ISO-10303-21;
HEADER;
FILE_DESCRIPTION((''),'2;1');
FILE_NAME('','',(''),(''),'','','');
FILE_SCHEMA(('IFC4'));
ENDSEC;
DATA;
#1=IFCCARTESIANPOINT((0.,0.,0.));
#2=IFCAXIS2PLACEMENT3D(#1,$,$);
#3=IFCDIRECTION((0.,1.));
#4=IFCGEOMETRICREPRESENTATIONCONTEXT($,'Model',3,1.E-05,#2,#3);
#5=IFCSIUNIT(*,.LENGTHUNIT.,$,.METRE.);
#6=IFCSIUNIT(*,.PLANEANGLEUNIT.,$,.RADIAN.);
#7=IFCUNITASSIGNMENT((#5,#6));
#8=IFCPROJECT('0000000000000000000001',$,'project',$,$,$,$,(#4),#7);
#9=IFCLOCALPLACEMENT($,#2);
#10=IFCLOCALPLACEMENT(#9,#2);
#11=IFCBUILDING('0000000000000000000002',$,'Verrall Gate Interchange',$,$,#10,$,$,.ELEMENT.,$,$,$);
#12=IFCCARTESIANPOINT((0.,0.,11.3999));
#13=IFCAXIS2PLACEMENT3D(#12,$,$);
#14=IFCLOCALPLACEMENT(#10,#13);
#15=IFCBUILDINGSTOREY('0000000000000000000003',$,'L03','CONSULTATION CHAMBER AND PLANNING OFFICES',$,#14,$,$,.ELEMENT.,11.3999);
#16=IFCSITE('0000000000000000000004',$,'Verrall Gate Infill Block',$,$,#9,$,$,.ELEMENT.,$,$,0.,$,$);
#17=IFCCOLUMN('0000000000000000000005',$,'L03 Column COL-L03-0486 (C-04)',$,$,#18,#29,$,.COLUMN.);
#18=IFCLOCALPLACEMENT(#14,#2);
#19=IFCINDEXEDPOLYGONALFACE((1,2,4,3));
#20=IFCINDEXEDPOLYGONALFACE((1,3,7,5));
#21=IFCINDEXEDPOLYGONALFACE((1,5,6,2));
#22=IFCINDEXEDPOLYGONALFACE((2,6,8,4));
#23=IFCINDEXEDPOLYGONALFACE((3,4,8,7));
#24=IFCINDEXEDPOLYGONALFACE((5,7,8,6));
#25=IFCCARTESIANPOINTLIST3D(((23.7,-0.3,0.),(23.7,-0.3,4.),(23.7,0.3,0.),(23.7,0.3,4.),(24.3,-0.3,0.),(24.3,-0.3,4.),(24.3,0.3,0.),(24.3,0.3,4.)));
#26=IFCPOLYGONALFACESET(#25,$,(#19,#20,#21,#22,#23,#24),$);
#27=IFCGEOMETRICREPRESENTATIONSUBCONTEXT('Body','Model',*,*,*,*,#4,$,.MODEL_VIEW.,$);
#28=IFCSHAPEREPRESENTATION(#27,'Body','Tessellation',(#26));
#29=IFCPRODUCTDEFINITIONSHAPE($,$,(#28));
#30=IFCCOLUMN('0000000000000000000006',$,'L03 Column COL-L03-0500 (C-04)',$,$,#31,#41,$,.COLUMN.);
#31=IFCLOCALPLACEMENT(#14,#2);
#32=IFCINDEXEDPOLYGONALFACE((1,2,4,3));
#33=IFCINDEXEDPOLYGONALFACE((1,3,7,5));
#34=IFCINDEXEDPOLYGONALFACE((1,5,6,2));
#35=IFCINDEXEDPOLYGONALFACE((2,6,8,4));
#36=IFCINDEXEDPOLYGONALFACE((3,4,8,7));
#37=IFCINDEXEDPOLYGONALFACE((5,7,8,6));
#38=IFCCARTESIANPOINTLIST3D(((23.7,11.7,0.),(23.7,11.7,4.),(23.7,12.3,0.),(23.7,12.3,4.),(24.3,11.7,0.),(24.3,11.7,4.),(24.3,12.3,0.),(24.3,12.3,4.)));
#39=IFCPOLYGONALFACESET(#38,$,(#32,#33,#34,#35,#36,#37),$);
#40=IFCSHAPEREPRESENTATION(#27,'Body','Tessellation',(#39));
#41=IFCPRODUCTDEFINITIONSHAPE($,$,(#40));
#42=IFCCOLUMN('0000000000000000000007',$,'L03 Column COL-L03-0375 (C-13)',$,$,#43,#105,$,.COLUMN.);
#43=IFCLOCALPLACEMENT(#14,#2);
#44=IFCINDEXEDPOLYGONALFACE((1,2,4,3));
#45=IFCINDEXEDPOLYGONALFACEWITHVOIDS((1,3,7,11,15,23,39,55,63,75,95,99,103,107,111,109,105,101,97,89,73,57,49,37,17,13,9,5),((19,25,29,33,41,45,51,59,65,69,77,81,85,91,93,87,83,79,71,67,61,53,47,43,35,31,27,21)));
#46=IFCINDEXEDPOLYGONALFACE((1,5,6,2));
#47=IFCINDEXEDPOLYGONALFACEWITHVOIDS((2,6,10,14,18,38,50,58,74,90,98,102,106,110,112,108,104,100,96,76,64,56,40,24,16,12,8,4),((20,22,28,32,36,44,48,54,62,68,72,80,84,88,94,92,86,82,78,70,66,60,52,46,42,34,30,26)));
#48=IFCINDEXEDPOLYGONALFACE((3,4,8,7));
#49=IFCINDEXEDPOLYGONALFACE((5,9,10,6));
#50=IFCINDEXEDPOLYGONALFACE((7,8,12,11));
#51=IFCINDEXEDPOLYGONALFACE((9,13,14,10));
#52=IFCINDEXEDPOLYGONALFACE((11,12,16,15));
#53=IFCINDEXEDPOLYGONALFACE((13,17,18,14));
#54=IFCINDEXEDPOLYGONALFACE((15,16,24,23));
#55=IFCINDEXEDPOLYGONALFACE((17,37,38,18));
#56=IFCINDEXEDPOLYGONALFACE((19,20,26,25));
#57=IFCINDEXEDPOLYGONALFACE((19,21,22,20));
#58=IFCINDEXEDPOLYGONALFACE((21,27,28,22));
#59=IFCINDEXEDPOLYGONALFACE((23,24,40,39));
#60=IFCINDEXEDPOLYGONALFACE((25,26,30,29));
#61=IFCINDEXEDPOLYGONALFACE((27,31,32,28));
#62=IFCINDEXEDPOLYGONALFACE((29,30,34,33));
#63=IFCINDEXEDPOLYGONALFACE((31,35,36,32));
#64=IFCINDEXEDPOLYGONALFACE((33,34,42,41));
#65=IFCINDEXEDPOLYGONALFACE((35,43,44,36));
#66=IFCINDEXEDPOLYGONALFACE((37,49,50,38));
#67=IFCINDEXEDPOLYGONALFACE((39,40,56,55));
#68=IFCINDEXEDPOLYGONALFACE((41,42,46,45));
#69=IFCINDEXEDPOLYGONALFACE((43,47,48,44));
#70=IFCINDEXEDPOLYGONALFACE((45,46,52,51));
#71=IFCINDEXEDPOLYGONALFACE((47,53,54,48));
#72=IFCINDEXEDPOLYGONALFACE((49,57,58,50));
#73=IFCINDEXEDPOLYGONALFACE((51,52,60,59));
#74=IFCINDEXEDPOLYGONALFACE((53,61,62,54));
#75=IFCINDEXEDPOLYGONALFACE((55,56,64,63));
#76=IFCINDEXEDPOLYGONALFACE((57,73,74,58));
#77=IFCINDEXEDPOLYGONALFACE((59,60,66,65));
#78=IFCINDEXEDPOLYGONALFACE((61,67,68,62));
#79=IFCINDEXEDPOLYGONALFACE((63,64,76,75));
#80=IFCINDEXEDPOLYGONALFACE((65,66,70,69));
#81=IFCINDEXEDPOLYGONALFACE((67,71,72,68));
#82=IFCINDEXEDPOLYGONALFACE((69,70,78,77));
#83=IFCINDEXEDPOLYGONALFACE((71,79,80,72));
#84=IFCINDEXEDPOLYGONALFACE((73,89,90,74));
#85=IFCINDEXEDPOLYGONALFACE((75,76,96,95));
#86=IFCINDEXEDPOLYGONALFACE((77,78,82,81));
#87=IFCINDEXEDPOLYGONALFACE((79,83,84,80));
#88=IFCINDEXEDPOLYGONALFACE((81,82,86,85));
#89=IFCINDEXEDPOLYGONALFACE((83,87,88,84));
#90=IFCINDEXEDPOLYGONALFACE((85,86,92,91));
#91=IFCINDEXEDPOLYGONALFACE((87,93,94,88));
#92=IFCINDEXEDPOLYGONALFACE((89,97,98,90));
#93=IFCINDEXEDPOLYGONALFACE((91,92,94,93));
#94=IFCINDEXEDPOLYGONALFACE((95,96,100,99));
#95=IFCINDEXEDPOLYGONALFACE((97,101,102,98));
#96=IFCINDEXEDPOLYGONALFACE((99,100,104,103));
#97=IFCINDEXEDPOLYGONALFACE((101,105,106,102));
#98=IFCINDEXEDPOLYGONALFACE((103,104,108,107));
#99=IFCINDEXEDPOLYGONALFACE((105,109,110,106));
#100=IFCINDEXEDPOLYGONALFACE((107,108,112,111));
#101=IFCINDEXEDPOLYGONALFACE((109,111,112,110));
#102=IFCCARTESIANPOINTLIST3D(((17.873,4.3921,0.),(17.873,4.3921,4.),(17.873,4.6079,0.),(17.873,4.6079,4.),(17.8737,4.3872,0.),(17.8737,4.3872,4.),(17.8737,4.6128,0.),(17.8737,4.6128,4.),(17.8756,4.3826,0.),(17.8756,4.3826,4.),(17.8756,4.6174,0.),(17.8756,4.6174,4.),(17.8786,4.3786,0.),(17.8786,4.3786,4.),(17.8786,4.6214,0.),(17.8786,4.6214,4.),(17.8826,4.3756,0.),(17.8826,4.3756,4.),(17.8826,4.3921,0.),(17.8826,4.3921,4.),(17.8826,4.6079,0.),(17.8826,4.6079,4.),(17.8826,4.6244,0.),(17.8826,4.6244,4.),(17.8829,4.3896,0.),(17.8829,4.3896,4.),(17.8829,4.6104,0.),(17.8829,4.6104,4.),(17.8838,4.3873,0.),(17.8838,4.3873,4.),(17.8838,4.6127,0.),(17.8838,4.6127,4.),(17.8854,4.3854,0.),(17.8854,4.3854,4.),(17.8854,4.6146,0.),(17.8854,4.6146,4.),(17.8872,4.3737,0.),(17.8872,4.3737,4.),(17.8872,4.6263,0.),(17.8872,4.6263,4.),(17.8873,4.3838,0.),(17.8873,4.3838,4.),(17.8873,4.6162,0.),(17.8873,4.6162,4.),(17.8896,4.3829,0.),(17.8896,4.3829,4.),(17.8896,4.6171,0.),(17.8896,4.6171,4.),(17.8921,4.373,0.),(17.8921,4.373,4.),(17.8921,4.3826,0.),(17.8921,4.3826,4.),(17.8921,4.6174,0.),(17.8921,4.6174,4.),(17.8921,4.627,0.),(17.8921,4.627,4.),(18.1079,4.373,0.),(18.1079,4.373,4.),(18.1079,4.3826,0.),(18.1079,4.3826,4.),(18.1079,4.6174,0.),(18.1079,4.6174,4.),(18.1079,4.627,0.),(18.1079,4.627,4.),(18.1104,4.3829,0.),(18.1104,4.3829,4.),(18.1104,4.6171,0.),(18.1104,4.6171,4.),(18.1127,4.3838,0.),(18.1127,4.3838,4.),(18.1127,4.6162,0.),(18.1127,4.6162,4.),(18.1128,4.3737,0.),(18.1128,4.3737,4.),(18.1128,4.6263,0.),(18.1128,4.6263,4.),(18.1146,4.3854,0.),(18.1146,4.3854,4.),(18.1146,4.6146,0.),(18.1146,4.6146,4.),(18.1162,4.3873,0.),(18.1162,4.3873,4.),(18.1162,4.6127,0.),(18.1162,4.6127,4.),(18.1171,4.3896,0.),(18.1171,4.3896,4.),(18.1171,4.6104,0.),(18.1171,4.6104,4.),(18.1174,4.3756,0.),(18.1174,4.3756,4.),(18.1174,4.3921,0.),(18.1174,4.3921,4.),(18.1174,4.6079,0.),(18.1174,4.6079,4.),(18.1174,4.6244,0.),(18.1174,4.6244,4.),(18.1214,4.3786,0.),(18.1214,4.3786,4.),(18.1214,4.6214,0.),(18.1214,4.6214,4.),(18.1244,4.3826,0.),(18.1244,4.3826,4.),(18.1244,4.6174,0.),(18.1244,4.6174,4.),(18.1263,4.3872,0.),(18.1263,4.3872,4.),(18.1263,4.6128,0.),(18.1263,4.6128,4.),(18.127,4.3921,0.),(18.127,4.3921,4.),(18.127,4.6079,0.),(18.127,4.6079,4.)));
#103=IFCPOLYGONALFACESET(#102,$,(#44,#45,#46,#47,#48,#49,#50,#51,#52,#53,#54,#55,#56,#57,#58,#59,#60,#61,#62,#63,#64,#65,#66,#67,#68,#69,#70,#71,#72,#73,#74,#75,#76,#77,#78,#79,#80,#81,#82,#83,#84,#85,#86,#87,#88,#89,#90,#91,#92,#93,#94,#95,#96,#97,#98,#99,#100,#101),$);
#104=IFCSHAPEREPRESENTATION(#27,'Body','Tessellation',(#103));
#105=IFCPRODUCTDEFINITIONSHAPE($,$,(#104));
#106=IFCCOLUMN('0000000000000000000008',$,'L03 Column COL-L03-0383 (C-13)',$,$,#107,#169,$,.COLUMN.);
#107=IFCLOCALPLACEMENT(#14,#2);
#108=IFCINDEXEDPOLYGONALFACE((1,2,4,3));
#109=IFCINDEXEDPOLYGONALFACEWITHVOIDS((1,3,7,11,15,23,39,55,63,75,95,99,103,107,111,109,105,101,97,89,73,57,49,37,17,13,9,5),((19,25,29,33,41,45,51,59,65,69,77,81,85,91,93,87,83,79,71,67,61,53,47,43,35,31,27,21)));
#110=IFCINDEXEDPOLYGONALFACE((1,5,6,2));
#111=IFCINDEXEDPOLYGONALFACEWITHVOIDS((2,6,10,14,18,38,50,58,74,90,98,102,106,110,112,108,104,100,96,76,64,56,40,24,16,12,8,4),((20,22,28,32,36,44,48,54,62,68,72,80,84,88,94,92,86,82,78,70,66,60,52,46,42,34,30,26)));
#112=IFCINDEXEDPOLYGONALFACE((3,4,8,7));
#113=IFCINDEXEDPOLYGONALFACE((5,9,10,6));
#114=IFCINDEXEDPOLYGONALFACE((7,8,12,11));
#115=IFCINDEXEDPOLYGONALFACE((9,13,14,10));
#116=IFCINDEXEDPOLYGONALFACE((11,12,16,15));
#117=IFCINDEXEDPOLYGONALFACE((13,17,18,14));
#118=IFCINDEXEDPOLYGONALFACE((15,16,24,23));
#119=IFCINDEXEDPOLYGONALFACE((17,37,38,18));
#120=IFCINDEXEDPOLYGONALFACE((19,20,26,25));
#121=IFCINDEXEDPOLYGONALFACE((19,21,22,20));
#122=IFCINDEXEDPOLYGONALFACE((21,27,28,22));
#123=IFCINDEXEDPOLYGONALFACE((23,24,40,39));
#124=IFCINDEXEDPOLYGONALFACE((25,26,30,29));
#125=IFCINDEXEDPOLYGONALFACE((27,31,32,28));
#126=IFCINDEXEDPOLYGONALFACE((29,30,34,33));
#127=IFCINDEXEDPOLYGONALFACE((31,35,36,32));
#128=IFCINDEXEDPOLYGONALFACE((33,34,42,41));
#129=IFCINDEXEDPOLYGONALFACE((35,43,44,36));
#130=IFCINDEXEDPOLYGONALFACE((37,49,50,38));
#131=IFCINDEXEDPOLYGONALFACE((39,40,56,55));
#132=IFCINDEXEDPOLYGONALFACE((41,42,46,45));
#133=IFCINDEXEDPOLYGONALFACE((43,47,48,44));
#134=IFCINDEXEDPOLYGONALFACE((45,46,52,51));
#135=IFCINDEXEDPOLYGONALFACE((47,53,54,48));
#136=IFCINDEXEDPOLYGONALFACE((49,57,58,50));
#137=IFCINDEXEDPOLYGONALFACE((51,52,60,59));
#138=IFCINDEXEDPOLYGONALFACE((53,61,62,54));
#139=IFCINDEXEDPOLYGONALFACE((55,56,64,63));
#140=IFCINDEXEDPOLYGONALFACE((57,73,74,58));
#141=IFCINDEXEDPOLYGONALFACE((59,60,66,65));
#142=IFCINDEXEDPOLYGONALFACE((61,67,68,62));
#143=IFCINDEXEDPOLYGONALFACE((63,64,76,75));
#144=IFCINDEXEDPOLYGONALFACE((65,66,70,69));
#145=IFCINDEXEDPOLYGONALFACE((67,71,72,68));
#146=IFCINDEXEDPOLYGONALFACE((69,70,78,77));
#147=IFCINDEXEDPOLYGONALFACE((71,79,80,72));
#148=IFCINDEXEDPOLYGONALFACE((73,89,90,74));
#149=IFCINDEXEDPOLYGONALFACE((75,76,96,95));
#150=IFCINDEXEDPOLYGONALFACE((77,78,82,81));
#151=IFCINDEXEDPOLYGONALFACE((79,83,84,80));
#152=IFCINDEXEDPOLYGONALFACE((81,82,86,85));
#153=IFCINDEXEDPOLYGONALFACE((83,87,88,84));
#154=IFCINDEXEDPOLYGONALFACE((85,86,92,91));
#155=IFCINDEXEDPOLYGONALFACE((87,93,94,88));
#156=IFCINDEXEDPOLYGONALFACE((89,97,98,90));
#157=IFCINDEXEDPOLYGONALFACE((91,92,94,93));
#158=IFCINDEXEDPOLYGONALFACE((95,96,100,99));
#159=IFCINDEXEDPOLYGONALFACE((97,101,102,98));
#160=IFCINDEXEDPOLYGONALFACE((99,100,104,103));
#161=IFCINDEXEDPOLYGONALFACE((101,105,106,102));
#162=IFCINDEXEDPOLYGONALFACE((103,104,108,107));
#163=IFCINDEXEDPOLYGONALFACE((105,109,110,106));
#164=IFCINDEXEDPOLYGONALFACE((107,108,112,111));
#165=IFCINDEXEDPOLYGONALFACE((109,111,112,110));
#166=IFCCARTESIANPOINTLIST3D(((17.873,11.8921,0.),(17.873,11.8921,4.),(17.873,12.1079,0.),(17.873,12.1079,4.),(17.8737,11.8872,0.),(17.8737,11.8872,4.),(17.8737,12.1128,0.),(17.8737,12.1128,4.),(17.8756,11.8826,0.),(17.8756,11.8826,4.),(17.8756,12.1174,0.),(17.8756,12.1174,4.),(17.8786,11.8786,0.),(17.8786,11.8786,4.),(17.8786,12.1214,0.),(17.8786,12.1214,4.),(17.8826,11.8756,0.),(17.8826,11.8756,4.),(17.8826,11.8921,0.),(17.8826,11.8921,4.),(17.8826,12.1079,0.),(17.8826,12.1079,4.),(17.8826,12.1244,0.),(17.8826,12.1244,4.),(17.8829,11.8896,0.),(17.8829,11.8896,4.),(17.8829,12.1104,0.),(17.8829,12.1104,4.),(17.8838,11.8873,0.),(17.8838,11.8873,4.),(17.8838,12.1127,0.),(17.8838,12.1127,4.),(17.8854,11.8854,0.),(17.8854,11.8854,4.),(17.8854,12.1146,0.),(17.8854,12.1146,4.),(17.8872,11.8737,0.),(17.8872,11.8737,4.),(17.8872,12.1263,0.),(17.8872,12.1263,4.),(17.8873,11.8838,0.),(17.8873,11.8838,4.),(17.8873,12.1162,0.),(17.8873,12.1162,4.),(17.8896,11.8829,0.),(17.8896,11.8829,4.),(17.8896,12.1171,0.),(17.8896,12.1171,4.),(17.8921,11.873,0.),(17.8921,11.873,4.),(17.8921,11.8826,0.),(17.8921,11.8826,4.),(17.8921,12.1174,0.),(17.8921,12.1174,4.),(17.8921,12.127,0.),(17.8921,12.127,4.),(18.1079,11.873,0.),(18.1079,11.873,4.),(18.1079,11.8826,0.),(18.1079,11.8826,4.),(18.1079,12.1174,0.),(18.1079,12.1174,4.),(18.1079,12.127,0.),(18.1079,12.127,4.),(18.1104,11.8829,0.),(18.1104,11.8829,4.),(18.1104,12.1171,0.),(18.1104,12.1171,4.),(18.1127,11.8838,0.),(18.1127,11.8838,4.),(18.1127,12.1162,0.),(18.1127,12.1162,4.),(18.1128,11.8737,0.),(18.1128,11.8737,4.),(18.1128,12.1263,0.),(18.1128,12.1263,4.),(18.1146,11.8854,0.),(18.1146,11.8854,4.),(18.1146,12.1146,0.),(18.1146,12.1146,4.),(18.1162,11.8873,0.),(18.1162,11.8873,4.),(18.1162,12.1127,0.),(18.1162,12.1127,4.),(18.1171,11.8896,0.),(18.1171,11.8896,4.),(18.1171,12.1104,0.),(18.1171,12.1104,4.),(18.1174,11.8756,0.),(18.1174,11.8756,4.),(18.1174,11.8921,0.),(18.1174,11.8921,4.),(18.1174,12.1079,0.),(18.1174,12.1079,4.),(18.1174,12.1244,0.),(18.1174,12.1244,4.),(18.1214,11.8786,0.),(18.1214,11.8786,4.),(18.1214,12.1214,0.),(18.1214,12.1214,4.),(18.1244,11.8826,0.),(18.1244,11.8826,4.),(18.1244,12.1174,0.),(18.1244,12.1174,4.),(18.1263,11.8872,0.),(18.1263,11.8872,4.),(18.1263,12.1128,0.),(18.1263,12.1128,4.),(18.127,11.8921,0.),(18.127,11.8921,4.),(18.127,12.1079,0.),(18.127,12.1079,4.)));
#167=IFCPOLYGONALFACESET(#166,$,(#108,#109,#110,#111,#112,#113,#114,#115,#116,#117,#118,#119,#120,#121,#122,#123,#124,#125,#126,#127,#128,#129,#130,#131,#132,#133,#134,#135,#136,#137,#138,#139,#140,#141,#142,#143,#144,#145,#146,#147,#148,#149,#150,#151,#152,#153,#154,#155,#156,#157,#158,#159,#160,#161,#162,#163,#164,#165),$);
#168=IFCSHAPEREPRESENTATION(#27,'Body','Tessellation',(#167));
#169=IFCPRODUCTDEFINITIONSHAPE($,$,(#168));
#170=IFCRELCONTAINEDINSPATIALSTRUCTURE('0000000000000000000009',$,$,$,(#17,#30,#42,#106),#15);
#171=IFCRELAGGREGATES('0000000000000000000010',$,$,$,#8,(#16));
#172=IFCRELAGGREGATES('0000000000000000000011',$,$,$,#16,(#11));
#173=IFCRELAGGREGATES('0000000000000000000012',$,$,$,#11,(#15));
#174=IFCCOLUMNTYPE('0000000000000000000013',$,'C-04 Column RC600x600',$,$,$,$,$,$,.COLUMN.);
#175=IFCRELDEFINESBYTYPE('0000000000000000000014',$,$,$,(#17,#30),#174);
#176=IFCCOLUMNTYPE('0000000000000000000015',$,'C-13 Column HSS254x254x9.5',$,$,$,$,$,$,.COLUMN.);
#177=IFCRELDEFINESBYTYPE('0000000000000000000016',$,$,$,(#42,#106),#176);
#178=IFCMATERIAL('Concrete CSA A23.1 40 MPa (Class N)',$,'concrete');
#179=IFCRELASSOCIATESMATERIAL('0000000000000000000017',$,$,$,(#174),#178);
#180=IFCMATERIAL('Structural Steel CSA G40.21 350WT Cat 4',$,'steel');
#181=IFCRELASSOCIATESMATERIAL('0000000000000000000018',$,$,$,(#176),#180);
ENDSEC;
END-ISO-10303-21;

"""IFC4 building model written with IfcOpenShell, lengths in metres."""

from ifc_helpers import new_model, si_unit, direction, frame, origin, origin_2d, place, context, subcontext, project, spatial, rectangle, hollow_rectangle, extrude, material, material_profile, profile_set, type_object, element, save


model = new_model("IFC4")

# Units and contexts
model_context = context("Model", 3, precision=1e-05, world=origin(), true_north=direction((0.0, 1.0)))
body_context = subcontext(model_context, "Body", "Model", "MODEL_VIEW")
ifc_project = project(units=[si_unit("LENGTHUNIT", "METRE"), si_unit("PLANEANGLEUNIT", "RADIAN")], contexts=[model_context])

# Site, building, storey
site_placement = place(None, origin())
site = spatial("IfcSite", under=ifc_project, at=site_placement, Name="Verrall Gate Infill Block", CompositionType="ELEMENT", RefElevation=0.0)
building_placement = place(site_placement, origin())
building = spatial("IfcBuilding", under=site, at=building_placement, Name="Verrall Gate Interchange", CompositionType="ELEMENT")
storey_placement = place(building_placement, frame((0.0, 0.0, 11.3999)))
storey = spatial("IfcBuildingStorey", under=building, at=storey_placement, Name="L03", Description="CONSULTATION CHAMBER AND PLANNING OFFICES", CompositionType="ELEMENT", Elevation=11.3999)

# Columns
ifc_material_1 = material(Name="Concrete CSA A23.1 40 MPa (Class N)", Category="concrete")
ifc_material_profile_1 = material_profile(ifc_material_1, rectangle(XDim=0.6001, YDim=0.6001, at=origin_2d()), Name="RC600x600")
ifc_profile_set_1 = profile_set([ifc_material_profile_1], Name="Concrete CSA A23.1 40 MPa (Class N)")
column_type_1 = type_object("IfcColumnType", Name="C-04 Column RC600x600", PredefinedType="COLUMN", material=ifc_profile_set_1)
for number, where, z_axis, x_axis, name in (
    (1, (24.0, 0.0, 0.0), (0.0, 0.0, 1.0), (1.0, 0.0, 0.0), "L03 Column COL-L03-0486 (C-04)"),
    (2, (24.0, 12.0, 0.0), (0.0, 0.0, 1.0), (1.0, 0.0, 0.0), "L03 Column COL-L03-0500 (C-04)"),
):
    element("IfcColumn", number, at=place(storey_placement, frame(where, z_axis=z_axis, x_axis=x_axis)), inside=storey, type_object=column_type_1, Name=name, PredefinedType="COLUMN", context=body_context, shape_type="SweptSolid", body=[
        extrude(rectangle(XDim=0.6001, YDim=0.6001, at=origin_2d()), origin(), (0.0, 0.0, 1.0), 4.0),
    ])
ifc_material_2 = material(Name="Structural Steel CSA G40.21 350WT Cat 4", Category="steel")
ifc_material_profile_2 = material_profile(ifc_material_2, hollow_rectangle(XDim=0.2539, YDim=0.2539, WallThickness=0.0095, InnerFilletRadius=0.0095, OuterFilletRadius=0.019, at=origin_2d()), Name="HSS254x254x9.5")
ifc_profile_set_2 = profile_set([ifc_material_profile_2], Name="Structural Steel CSA G40.21 350WT Cat 4")
column_type_2 = type_object("IfcColumnType", Name="C-13 Column HSS254x254x9.5", PredefinedType="COLUMN", material=ifc_profile_set_2)
for number, where, z_axis, x_axis, name in (
    (3, (18.0, 4.5, 0.0), (0.0, 0.0, 1.0), (1.0, 0.0, 0.0), "L03 Column COL-L03-0375 (C-13)"),
    (4, (18.0, 12.0, 0.0), (0.0, 0.0, 1.0), (1.0, 0.0, 0.0), "L03 Column COL-L03-0383 (C-13)"),
):
    element("IfcColumn", number, at=place(storey_placement, frame(where, z_axis=z_axis, x_axis=x_axis)), inside=storey, type_object=column_type_2, Name=name, PredefinedType="COLUMN", context=body_context, shape_type="SweptSolid", body=[
        extrude(hollow_rectangle(XDim=0.2539, YDim=0.2539, WallThickness=0.0095, InnerFilletRadius=0.0095, OuterFilletRadius=0.019, at=origin_2d()), origin(), (0.0, 0.0, 1.0), 4.0),
    ])

save(model, "model.ifc")
